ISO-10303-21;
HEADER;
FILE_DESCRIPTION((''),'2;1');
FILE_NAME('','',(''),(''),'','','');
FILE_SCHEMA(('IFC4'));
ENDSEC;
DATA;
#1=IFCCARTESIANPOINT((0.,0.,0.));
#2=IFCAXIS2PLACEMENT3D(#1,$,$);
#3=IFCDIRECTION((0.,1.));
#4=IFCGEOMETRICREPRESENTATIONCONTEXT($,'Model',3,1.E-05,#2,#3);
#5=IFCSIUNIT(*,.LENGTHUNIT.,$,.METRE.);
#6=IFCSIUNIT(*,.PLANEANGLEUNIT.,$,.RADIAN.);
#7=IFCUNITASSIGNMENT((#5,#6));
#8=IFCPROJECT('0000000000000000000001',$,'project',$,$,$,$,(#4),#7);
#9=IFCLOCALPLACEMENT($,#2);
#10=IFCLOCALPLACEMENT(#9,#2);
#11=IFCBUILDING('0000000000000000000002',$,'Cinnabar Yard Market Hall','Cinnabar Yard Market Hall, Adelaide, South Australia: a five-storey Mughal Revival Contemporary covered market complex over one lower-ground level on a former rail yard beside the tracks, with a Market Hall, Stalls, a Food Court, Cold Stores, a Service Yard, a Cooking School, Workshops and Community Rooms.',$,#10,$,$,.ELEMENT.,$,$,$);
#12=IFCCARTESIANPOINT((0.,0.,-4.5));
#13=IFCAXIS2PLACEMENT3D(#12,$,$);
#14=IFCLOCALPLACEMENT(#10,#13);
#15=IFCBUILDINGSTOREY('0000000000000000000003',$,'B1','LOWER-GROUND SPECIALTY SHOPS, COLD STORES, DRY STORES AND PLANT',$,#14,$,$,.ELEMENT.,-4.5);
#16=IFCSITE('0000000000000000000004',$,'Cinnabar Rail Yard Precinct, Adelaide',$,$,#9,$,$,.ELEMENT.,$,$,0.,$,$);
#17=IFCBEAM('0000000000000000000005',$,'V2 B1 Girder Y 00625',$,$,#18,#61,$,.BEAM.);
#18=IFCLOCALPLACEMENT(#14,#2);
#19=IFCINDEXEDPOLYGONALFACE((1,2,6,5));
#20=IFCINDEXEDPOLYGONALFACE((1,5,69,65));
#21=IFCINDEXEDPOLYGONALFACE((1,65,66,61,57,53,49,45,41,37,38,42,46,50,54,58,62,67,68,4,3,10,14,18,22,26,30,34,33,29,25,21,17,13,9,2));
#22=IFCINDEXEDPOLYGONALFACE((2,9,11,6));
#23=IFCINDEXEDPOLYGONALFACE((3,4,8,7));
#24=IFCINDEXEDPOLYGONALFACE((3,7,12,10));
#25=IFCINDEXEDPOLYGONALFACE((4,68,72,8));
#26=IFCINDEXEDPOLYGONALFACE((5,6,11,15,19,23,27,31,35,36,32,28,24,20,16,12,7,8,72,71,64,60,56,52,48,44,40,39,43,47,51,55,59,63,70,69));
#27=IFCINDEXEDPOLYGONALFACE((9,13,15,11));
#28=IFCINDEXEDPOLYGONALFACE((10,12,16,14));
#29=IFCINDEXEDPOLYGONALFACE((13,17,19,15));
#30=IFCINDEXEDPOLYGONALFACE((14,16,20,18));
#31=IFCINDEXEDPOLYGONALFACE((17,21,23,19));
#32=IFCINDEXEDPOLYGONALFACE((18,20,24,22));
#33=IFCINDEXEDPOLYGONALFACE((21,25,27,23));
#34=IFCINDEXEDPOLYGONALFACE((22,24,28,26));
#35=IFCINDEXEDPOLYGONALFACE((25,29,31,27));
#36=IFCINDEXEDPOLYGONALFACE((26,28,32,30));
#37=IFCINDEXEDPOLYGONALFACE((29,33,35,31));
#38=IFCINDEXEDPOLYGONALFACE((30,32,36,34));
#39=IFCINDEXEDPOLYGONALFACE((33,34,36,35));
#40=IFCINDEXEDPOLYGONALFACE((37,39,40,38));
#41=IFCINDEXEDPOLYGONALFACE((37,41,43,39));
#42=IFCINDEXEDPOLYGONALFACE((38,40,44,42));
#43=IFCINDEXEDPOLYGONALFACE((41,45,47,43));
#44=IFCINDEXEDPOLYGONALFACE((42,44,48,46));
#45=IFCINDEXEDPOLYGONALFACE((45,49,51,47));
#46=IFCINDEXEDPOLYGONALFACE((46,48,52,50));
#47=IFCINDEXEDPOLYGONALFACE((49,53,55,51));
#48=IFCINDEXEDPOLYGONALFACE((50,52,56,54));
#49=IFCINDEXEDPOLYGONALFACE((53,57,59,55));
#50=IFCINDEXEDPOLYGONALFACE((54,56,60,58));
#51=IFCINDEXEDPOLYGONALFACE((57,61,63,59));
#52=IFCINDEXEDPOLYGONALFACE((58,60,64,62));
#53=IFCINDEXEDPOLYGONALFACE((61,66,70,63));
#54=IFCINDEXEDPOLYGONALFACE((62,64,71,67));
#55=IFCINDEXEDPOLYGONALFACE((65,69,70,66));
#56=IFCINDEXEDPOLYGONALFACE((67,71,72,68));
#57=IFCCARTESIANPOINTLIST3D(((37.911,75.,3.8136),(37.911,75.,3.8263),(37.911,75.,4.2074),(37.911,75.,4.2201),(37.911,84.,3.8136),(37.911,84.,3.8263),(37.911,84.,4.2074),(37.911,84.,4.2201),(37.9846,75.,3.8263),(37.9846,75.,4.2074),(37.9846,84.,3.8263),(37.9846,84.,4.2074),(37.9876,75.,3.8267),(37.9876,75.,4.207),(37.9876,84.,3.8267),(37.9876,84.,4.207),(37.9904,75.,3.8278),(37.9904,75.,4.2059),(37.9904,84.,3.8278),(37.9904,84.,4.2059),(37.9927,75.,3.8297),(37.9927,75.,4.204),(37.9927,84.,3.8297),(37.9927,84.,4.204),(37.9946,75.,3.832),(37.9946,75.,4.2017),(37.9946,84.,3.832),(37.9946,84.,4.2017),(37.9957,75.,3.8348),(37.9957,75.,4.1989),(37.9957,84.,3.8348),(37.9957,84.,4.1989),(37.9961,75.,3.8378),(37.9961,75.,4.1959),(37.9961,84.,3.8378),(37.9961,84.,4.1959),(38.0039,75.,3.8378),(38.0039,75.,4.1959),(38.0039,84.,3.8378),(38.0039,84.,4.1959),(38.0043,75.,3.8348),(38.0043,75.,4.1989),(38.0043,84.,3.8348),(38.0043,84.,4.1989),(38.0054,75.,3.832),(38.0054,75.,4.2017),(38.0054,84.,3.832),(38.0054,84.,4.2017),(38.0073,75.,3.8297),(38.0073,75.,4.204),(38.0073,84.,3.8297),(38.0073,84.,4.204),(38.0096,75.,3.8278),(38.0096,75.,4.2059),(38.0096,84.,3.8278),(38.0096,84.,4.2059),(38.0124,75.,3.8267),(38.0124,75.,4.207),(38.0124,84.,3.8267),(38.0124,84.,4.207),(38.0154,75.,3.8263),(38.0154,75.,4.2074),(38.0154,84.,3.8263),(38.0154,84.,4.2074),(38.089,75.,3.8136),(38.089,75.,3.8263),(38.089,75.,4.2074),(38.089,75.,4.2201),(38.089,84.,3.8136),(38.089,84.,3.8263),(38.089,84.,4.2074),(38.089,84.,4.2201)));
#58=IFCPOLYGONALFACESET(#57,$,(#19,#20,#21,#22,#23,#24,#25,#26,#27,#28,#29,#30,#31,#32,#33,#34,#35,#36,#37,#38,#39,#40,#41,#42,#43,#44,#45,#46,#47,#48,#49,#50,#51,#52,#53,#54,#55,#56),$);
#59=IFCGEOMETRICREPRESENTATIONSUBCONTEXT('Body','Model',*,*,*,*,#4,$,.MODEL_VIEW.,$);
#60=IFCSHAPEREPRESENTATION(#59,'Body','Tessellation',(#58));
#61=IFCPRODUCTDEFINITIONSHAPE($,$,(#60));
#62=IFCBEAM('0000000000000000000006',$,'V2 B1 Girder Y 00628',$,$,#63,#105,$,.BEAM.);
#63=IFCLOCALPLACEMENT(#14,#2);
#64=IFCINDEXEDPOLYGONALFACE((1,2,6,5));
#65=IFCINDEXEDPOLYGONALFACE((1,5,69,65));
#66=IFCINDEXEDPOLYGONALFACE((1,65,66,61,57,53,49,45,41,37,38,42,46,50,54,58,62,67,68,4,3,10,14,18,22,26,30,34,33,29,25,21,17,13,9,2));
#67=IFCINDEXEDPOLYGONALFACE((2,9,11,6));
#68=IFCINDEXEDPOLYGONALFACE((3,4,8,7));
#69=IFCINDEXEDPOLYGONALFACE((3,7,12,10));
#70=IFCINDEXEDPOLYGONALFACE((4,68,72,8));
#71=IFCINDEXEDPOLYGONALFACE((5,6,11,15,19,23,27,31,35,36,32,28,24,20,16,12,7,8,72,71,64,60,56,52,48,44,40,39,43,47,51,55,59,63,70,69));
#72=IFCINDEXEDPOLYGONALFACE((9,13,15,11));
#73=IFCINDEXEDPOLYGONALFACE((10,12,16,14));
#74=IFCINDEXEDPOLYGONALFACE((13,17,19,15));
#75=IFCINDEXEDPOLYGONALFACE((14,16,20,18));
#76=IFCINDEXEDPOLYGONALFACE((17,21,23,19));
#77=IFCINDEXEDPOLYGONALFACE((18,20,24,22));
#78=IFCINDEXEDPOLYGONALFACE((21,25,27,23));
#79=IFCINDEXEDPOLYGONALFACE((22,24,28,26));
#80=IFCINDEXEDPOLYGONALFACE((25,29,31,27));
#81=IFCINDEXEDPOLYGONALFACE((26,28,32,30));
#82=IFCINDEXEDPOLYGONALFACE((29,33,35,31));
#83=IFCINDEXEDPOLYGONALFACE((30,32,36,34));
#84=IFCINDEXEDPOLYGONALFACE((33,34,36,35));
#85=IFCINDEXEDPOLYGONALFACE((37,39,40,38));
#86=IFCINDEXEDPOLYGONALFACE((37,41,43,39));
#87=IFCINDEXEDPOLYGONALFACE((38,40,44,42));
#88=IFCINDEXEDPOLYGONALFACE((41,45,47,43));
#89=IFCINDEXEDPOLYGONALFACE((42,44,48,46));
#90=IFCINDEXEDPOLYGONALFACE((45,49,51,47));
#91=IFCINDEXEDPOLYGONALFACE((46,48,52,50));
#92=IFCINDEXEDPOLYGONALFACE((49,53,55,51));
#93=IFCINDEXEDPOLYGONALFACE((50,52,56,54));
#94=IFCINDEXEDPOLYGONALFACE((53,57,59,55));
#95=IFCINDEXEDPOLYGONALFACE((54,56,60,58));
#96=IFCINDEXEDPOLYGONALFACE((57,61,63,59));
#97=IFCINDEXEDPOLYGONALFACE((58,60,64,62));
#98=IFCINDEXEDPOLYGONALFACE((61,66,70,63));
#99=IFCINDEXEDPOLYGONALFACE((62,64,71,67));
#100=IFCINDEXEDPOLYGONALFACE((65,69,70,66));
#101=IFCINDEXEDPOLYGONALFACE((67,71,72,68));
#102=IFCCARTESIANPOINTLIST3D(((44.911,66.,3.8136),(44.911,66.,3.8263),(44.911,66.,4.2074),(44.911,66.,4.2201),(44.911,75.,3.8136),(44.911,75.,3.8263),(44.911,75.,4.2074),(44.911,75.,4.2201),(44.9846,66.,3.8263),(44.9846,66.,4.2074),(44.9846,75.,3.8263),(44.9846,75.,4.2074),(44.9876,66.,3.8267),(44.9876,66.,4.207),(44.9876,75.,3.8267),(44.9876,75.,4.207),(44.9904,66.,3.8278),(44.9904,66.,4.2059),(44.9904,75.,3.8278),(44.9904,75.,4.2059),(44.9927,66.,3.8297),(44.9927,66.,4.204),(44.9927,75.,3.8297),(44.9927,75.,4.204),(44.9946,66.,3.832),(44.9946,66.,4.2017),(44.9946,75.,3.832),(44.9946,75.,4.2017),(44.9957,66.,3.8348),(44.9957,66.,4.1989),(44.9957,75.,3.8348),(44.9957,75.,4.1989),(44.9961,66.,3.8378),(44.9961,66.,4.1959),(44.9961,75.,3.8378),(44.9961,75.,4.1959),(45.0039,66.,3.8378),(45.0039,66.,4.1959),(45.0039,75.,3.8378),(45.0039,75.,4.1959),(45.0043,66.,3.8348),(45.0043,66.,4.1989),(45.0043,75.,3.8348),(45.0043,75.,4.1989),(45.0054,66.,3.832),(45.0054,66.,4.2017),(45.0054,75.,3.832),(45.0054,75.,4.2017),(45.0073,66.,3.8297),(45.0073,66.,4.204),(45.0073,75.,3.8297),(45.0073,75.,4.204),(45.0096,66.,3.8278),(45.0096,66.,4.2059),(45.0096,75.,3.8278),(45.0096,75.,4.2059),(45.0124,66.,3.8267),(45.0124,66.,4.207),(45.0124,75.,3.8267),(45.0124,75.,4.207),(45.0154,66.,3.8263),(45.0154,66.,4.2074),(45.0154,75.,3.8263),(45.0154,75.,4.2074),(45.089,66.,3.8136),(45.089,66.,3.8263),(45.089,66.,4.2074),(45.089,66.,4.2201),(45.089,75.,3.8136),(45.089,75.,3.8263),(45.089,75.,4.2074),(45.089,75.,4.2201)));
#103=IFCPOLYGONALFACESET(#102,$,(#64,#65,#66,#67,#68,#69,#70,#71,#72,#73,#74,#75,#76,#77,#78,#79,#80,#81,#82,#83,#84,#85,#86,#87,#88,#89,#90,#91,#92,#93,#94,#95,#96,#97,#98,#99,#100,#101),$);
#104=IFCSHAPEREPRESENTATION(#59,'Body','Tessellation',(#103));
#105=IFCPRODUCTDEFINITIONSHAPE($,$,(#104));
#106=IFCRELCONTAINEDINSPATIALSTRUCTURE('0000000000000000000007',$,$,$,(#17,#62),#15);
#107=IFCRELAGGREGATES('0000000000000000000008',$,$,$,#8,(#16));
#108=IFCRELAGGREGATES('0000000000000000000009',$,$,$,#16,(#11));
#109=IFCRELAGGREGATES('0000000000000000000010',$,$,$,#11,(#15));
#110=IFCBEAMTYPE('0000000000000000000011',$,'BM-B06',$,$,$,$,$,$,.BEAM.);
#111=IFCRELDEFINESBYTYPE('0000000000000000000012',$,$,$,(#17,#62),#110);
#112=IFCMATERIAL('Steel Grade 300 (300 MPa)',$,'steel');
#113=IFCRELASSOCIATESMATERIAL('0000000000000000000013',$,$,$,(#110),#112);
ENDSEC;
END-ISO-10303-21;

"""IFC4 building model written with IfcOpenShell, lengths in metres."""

from ifc_helpers import new_model, si_unit, direction, frame, origin, origin_2d_with_axis, place, context, subcontext, project, spatial, i_section, extrude, material, material_profile, profile_set, type_object, element, save


model = new_model("IFC4")

# Units and contexts
model_context = context("Model", 3, precision=1e-05, world=origin(), true_north=direction((0.0, 1.0)))
body_context = subcontext(model_context, "Body", "Model", "MODEL_VIEW")
ifc_project = project(units=[si_unit("LENGTHUNIT", "METRE"), si_unit("PLANEANGLEUNIT", "RADIAN")], contexts=[model_context])

# Site, building, storey
site_placement = place(None, origin())
site = spatial("IfcSite", under=ifc_project, at=site_placement, Name="Cinnabar Rail Yard Precinct, Adelaide", CompositionType="ELEMENT", RefElevation=0.0)
building_placement = place(site_placement, origin())
building = spatial("IfcBuilding", under=site, at=building_placement, Name="Cinnabar Yard Market Hall", Description="Cinnabar Yard Market Hall, Adelaide, South Australia: a five-storey Mughal Revival Contemporary covered market complex over one lower-ground level on a former rail yard beside the tracks, with a Market Hall, Stalls, a Food Court, Cold Stores, a Service Yard, a Cooking School, Workshops and Community Rooms.", CompositionType="ELEMENT")
storey_placement = place(building_placement, frame((0.0, 0.0, -4.5)))
storey = spatial("IfcBuildingStorey", under=building, at=storey_placement, Name="B1", Description="LOWER-GROUND SPECIALTY SHOPS, COLD STORES, DRY STORES AND PLANT", CompositionType="ELEMENT", Elevation=-4.5)

# Shared definitions
ifc_material_1 = material(Name="Steel Grade 300 (300 MPa)", Category="steel")

# Beams
ifc_material_profile_1 = material_profile(ifc_material_1, i_section(OverallWidth=0.178, OverallDepth=0.4065, WebThickness=0.0078, FlangeThickness=0.0127, FilletRadius=0.0115, at=origin_2d_with_axis()), Name="410UB59.7")
ifc_profile_set_1 = profile_set([ifc_material_profile_1], Name="Steel Grade 300 (300 MPa)")
beam_type_1 = type_object("IfcBeamType", Name="BM-B06", PredefinedType="BEAM", material=ifc_profile_set_1)
for number, where, z_axis, x_axis, name in (
    (1, (38.0, 75.0, 4.0168), (0.0, 1.0, 0.0), (-1.0, 0.0, 0.0), "V2 B1 Girder Y 00625"),
    (2, (45.0, 66.0, 4.0168), (0.0, 1.0, 0.0), (-1.0, 0.0, 0.0), "V2 B1 Girder Y 00628"),
):
    element("IfcBeam", number, at=place(storey_placement, frame(where, z_axis=z_axis, x_axis=x_axis)), inside=storey, type_object=beam_type_1, Name=name, PredefinedType="BEAM", context=body_context, shape_type="SweptSolid", body=[
        extrude(i_section(OverallWidth=0.178, OverallDepth=0.4065, WebThickness=0.0078, FlangeThickness=0.0127, FilletRadius=0.0115, at=origin_2d_with_axis()), origin(), (0.0, 0.0, 1.0), 9.0),
    ])

save(model, "model.ifc")
